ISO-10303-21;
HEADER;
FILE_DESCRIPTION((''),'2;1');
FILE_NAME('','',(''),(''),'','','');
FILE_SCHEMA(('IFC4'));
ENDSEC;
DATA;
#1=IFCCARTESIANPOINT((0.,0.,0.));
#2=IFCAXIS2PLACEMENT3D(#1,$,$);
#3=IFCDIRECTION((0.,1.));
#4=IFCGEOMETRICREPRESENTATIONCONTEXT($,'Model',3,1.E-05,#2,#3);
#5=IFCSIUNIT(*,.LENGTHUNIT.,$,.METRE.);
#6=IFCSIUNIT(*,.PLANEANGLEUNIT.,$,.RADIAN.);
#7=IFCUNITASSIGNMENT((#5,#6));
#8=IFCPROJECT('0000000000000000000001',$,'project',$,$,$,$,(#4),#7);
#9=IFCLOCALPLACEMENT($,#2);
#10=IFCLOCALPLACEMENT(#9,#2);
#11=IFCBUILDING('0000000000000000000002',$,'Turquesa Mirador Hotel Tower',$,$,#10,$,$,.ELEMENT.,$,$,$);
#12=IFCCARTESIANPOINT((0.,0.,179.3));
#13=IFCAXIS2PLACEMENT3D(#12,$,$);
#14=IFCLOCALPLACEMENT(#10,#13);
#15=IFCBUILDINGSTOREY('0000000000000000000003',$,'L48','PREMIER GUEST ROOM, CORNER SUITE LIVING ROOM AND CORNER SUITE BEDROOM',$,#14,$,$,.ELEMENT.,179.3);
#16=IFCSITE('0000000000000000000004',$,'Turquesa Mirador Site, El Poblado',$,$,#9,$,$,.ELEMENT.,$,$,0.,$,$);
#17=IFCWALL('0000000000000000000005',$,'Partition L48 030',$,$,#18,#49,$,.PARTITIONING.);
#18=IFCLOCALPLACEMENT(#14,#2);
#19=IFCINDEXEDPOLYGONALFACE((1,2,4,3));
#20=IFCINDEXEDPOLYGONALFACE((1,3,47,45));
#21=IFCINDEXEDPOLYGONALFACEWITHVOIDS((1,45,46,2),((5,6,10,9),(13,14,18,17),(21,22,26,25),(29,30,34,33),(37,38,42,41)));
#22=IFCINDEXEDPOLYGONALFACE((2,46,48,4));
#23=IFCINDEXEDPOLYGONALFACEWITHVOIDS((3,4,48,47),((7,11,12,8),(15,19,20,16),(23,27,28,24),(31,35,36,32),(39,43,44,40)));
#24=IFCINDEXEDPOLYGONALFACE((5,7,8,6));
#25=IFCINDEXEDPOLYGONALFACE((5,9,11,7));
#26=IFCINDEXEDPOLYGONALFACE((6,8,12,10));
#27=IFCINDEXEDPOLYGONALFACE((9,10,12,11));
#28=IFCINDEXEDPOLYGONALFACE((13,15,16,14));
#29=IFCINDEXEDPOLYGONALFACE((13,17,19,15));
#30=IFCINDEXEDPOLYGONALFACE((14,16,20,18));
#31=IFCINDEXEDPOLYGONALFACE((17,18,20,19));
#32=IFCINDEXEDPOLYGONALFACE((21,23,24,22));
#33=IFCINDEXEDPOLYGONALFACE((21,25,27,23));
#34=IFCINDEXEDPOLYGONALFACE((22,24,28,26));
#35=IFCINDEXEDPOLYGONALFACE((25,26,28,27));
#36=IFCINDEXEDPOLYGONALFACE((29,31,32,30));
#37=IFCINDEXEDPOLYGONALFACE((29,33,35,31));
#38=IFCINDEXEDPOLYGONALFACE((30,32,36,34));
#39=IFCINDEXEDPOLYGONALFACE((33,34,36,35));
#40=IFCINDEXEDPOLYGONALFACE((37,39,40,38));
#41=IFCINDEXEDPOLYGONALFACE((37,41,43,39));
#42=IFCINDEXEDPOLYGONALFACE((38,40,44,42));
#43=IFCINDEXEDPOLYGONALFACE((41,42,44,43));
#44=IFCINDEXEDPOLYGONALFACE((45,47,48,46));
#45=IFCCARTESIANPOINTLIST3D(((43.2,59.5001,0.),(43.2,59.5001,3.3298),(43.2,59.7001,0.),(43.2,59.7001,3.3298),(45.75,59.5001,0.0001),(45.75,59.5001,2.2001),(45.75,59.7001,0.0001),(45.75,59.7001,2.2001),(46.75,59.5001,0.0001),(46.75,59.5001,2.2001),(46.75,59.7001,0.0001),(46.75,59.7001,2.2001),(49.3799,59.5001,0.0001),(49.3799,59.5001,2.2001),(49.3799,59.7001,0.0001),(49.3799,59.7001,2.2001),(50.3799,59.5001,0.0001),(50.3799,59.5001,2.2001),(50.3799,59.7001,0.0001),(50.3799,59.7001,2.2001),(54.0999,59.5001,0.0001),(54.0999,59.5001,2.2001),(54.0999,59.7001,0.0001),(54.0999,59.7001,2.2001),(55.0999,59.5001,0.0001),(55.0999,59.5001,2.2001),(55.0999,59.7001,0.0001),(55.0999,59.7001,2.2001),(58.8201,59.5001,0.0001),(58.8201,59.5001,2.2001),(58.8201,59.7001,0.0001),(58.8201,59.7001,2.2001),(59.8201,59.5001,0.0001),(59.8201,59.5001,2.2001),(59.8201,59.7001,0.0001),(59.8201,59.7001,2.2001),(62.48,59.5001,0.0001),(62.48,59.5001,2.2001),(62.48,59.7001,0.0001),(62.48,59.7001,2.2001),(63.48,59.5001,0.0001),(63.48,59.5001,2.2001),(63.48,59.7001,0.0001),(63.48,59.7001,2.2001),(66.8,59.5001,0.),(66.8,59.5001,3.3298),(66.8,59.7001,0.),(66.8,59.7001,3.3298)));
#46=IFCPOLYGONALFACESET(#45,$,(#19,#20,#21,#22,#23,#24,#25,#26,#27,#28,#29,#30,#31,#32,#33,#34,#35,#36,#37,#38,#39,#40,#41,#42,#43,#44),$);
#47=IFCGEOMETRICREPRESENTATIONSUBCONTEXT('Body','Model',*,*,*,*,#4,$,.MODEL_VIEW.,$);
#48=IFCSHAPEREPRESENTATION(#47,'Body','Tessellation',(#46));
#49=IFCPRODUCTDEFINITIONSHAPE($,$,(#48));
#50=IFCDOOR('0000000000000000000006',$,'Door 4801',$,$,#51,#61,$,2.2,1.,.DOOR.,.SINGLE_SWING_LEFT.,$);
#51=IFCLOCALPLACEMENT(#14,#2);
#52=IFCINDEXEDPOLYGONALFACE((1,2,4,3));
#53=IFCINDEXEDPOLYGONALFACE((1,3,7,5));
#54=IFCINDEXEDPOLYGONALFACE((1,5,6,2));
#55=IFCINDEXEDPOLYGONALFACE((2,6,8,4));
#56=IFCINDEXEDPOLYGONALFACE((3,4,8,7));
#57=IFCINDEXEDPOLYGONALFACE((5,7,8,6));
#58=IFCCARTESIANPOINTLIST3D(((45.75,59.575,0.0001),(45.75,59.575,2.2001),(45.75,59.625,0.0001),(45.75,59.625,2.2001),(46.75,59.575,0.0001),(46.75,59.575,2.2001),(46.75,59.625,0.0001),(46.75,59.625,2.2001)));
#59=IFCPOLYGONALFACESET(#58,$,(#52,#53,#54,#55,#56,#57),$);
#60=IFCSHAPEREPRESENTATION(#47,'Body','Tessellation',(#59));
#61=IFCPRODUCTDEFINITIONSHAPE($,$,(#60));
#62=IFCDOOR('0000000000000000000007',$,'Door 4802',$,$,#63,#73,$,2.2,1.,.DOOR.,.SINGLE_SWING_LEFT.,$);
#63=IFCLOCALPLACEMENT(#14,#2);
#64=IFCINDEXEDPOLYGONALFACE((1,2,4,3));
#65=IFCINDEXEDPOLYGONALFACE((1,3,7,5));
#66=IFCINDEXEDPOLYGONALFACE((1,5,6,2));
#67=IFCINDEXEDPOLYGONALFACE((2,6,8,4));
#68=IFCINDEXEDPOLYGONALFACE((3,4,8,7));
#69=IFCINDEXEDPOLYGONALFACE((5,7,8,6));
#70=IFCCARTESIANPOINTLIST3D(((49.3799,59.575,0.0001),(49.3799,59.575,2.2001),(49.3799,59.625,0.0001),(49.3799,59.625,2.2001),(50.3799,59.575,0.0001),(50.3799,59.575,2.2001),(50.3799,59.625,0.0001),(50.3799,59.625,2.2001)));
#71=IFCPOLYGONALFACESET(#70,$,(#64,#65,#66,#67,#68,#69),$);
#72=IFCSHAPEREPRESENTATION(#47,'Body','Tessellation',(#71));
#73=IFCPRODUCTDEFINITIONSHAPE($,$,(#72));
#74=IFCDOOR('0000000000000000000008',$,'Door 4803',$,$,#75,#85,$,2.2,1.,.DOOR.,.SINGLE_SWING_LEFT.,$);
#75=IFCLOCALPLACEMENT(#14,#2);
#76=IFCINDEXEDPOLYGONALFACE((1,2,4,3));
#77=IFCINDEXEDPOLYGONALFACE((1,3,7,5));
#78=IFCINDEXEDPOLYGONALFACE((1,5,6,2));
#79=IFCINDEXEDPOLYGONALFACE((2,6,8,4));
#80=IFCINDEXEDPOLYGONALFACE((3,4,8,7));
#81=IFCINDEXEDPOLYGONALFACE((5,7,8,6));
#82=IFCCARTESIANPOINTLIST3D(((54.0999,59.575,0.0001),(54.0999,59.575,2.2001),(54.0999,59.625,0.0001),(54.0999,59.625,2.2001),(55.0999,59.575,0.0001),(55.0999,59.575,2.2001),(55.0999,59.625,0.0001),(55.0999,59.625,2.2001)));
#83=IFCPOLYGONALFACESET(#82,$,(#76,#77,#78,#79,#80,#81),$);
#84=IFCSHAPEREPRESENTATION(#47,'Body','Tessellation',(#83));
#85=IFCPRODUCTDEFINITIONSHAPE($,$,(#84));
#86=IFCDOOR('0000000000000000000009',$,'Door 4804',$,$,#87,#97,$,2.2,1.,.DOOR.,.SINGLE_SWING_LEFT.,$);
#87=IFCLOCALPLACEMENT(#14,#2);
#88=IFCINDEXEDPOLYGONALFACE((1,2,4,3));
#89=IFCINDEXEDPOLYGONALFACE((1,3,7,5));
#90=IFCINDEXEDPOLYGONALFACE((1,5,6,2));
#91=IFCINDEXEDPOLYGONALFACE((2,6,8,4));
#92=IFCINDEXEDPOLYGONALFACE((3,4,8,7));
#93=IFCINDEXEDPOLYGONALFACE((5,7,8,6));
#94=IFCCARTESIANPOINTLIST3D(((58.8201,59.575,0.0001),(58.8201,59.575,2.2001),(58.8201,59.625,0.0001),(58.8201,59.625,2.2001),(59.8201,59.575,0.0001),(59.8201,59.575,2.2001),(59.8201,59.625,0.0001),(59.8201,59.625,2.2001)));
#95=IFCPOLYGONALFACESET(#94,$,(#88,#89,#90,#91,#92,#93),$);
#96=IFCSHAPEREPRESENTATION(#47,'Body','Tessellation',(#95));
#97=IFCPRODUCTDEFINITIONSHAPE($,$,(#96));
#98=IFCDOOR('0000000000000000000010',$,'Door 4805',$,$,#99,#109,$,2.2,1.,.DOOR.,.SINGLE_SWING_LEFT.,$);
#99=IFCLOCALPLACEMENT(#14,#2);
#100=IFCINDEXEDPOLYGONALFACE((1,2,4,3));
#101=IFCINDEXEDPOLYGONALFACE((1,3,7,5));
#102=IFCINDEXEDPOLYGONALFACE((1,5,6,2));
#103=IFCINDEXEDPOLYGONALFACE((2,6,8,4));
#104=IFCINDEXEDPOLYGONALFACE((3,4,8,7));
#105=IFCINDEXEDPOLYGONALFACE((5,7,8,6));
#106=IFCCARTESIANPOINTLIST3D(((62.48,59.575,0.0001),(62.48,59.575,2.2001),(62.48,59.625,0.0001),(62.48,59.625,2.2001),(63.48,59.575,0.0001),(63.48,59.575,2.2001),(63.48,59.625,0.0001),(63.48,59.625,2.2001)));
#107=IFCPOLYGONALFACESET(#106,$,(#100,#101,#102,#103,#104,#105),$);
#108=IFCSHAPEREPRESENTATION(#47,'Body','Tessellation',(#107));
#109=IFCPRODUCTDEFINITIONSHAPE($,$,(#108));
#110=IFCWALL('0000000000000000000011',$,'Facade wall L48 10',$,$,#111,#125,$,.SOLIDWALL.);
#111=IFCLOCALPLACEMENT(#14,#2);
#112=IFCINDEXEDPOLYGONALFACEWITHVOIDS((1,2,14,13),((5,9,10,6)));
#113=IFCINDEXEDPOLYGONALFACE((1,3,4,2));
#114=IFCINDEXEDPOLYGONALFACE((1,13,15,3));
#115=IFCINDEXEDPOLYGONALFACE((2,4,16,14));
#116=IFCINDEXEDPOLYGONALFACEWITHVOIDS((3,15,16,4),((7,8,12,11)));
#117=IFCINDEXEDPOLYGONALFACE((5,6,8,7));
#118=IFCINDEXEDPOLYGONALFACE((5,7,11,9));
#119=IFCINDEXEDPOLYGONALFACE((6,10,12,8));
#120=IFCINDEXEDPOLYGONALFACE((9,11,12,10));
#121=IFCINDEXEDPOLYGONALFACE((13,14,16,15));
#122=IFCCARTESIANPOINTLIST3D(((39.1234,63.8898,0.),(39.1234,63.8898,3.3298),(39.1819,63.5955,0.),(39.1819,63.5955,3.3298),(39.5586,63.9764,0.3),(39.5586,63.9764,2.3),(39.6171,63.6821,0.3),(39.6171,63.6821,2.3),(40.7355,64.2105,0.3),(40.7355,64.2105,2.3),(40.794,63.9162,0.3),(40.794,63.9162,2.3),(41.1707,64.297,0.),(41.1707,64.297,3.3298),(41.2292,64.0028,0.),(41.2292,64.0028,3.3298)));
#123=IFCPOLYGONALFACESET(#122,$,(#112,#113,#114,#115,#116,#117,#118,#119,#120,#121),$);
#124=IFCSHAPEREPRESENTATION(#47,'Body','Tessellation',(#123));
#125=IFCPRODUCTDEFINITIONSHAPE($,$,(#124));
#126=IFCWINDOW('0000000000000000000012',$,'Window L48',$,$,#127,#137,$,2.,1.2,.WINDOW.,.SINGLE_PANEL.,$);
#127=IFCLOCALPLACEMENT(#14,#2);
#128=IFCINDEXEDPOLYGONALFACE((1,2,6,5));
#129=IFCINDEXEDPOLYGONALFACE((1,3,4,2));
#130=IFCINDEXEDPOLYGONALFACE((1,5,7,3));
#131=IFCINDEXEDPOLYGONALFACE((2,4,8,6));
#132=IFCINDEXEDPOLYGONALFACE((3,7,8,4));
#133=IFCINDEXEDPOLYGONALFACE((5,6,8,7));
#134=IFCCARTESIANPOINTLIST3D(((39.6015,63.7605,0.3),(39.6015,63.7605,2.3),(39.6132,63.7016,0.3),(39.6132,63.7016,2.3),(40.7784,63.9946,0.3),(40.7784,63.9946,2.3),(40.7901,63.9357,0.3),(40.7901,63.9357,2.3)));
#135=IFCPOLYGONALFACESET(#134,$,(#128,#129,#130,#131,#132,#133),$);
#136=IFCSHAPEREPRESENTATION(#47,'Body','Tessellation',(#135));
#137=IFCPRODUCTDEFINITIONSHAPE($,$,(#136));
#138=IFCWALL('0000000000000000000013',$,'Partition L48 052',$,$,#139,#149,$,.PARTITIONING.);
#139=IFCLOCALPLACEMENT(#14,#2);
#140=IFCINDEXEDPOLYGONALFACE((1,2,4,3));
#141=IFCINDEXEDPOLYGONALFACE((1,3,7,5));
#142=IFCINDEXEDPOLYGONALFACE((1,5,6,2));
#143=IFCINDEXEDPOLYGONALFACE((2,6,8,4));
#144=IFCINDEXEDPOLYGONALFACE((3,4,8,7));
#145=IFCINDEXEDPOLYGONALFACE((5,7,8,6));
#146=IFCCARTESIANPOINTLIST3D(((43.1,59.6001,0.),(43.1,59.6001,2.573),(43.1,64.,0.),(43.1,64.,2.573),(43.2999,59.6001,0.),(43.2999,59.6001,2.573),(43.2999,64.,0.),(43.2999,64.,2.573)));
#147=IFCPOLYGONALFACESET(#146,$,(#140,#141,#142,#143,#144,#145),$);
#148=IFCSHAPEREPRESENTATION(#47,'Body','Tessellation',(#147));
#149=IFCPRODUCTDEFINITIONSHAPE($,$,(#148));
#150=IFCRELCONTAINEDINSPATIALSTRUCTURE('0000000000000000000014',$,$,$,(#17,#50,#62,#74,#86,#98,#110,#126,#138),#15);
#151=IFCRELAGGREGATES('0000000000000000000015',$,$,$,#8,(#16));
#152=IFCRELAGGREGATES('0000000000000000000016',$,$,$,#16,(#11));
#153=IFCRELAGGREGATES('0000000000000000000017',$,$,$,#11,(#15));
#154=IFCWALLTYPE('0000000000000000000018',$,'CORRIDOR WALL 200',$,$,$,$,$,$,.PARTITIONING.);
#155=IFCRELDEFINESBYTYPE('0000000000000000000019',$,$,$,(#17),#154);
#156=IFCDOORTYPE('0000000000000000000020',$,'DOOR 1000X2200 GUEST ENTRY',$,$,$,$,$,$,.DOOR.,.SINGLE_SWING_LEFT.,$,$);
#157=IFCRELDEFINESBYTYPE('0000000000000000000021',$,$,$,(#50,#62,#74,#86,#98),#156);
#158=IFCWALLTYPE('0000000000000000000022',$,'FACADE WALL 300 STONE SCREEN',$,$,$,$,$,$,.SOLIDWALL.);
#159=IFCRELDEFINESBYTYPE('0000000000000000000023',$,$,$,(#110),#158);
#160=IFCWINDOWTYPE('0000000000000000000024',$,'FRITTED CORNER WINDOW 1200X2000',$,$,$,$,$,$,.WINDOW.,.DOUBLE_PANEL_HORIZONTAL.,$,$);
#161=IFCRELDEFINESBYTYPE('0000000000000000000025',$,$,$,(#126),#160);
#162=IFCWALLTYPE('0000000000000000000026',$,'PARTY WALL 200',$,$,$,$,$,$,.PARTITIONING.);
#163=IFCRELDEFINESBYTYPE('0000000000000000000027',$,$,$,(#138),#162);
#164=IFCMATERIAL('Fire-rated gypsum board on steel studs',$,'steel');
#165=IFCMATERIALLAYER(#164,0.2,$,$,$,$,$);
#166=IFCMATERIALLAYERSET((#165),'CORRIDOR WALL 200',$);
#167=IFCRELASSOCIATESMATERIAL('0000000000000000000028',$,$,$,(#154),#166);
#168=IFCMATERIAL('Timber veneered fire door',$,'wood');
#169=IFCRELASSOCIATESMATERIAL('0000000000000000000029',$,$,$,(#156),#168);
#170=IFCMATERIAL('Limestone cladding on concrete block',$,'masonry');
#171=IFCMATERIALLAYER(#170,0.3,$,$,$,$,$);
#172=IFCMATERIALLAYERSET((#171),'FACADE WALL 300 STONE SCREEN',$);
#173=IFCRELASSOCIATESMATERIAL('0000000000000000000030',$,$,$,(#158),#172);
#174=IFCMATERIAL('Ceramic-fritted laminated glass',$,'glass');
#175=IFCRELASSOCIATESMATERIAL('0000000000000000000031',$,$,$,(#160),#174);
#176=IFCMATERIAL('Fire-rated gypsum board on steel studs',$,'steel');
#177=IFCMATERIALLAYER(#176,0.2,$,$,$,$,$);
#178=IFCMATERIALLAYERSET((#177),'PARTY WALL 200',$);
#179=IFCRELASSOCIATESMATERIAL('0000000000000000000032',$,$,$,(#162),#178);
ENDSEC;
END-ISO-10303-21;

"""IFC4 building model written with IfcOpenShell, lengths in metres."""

from ifc_helpers import new_model, si_unit, direction, frame, frame_2d, origin, place, context, subcontext, project, spatial, rectangle, extrude, material, layer, layer_set, type_object, element, fill, save


model = new_model("IFC4")

# Units and contexts
model_context = context("Model", 3, precision=1e-05, world=origin(), true_north=direction((0.0, 1.0)))
body_context = subcontext(model_context, "Body", "Model", "MODEL_VIEW")
ifc_project = project(units=[si_unit("LENGTHUNIT", "METRE"), si_unit("PLANEANGLEUNIT", "RADIAN")], contexts=[model_context])

# Site, building, storey
site_placement = place(None, origin())
site = spatial("IfcSite", under=ifc_project, at=site_placement, Name="Turquesa Mirador Site, El Poblado", CompositionType="ELEMENT", RefElevation=0.0)
building_placement = place(site_placement, origin())
building = spatial("IfcBuilding", under=site, at=building_placement, Name="Turquesa Mirador Hotel Tower", CompositionType="ELEMENT")
storey_placement = place(building_placement, frame((0.0, 0.0, 179.3)))
storey = spatial("IfcBuildingStorey", under=building, at=storey_placement, Name="L48", Description="PREMIER GUEST ROOM, CORNER SUITE LIVING ROOM AND CORNER SUITE BEDROOM", CompositionType="ELEMENT", Elevation=179.3)

# Wall, openings, doors
ifc_material_1 = material(Name="Fire-rated gypsum board on steel studs", Category="steel")
ifc_layer_1 = layer(ifc_material_1, 0.2)
ifc_layer_set_1 = layer_set([ifc_layer_1], Name="CORRIDOR WALL 200")
wall_type_1 = type_object("IfcWallType", Name="CORRIDOR WALL 200", PredefinedType="PARTITIONING", material=ifc_layer_set_1)
wall_1_placement = place(storey_placement, frame((43.2, 59.6001, 0.0), z_axis=(0.0, 0.0, 1.0), x_axis=(1.0, 0.0, 0.0)))
wall_1 = element("IfcWall", 1, at=wall_1_placement, inside=storey, type_object=wall_type_1, Name="Partition L48 030", PredefinedType="PARTITIONING", context=body_context, shape_type="SweptSolid", body=[
    extrude(rectangle(XDim=23.6001, YDim=0.2, at=frame_2d((11.8, 0.0))), origin(), (0.0, 0.0, 1.0), 3.3298),
])
opening_1_placement = place(wall_1_placement, frame((2.55, 0.0, 0.0)))
opening_1 = element("IfcOpeningElement", 2, at=opening_1_placement, cuts=wall_1, PredefinedType="OPENING", context=body_context, shape_type="SweptSolid", body=[
    extrude(rectangle(XDim=1.0, YDim=2.2, at=frame_2d((0.5, 1.1001))), frame((0.0, 0.1099, 0.0), z_axis=(0.0, -1.0, 0.0), x_axis=(1.0, 0.0, 0.0)), (0.0, 0.0, 1.0), 0.22),
])
opening_2_placement = place(wall_1_placement, frame((6.1799, 0.0, 0.0)))
opening_2 = element("IfcOpeningElement", 3, at=opening_2_placement, cuts=wall_1, PredefinedType="OPENING", context=body_context, shape_type="SweptSolid", body=[
    extrude(rectangle(XDim=1.0, YDim=2.2, at=frame_2d((0.5, 1.1001))), frame((0.0, 0.1099, 0.0), z_axis=(0.0, -1.0, 0.0), x_axis=(1.0, 0.0, 0.0)), (0.0, 0.0, 1.0), 0.22),
])
opening_3_placement = place(wall_1_placement, frame((10.8999, 0.0, 0.0)))
opening_3 = element("IfcOpeningElement", 4, at=opening_3_placement, cuts=wall_1, PredefinedType="OPENING", context=body_context, shape_type="SweptSolid", body=[
    extrude(rectangle(XDim=1.0, YDim=2.2, at=frame_2d((0.5, 1.1001))), frame((0.0, 0.1099, 0.0), z_axis=(0.0, -1.0, 0.0), x_axis=(1.0, 0.0, 0.0)), (0.0, 0.0, 1.0), 0.22),
])
opening_4_placement = place(wall_1_placement, frame((15.6201, 0.0, 0.0)))
opening_4 = element("IfcOpeningElement", 5, at=opening_4_placement, cuts=wall_1, PredefinedType="OPENING", context=body_context, shape_type="SweptSolid", body=[
    extrude(rectangle(XDim=1.0, YDim=2.2, at=frame_2d((0.5, 1.1001))), frame((0.0, 0.1099, 0.0), z_axis=(0.0, -1.0, 0.0), x_axis=(1.0, 0.0, 0.0)), (0.0, 0.0, 1.0), 0.22),
])
opening_5_placement = place(wall_1_placement, frame((19.28, 0.0, 0.0)))
opening_5 = element("IfcOpeningElement", 6, at=opening_5_placement, cuts=wall_1, PredefinedType="OPENING", context=body_context, shape_type="SweptSolid", body=[
    extrude(rectangle(XDim=1.0, YDim=2.2, at=frame_2d((0.5, 1.1001))), frame((0.0, 0.1099, 0.0), z_axis=(0.0, -1.0, 0.0), x_axis=(1.0, 0.0, 0.0)), (0.0, 0.0, 1.0), 0.22),
])
ifc_material_2 = material(Name="Timber veneered fire door", Category="wood")
door_type_1 = type_object("IfcDoorType", Name="DOOR 1000X2200 GUEST ENTRY", OperationType="SINGLE_SWING_LEFT", PredefinedType="DOOR", material=ifc_material_2)
door_1_placement = place(opening_1_placement, origin())
door_1 = element("IfcDoor", 7, at=door_1_placement, inside=storey, type_object=door_type_1, Name="Door 4801", OperationType="SINGLE_SWING_LEFT", OverallHeight=2.2, OverallWidth=1.0, PredefinedType="DOOR", context=body_context, shape_type="SweptSolid", body=[
    extrude(rectangle(XDim=1.0, YDim=2.2, at=frame_2d((0.5, 1.1001))), frame((0.0, 0.0249, 0.0), z_axis=(0.0, -1.0, 0.0), x_axis=(1.0, 0.0, 0.0)), (0.0, 0.0, 1.0), 0.05),
])
fill(opening_1, door_1)
door_2_placement = place(opening_2_placement, origin())
door_2 = element("IfcDoor", 8, at=door_2_placement, inside=storey, type_object=door_type_1, Name="Door 4802", OperationType="SINGLE_SWING_LEFT", OverallHeight=2.2, OverallWidth=1.0, PredefinedType="DOOR", context=body_context, shape_type="SweptSolid", body=[
    extrude(rectangle(XDim=1.0, YDim=2.2, at=frame_2d((0.5, 1.1001))), frame((0.0, 0.0249, 0.0), z_axis=(0.0, -1.0, 0.0), x_axis=(1.0, 0.0, 0.0)), (0.0, 0.0, 1.0), 0.05),
])
fill(opening_2, door_2)
door_3_placement = place(opening_3_placement, origin())
door_3 = element("IfcDoor", 9, at=door_3_placement, inside=storey, type_object=door_type_1, Name="Door 4803", OperationType="SINGLE_SWING_LEFT", OverallHeight=2.2, OverallWidth=1.0, PredefinedType="DOOR", context=body_context, shape_type="SweptSolid", body=[
    extrude(rectangle(XDim=1.0, YDim=2.2, at=frame_2d((0.5, 1.1001))), frame((0.0, 0.0249, 0.0), z_axis=(0.0, -1.0, 0.0), x_axis=(1.0, 0.0, 0.0)), (0.0, 0.0, 1.0), 0.05),
])
fill(opening_3, door_3)
door_4_placement = place(opening_4_placement, origin())
door_4 = element("IfcDoor", 10, at=door_4_placement, inside=storey, type_object=door_type_1, Name="Door 4804", OperationType="SINGLE_SWING_LEFT", OverallHeight=2.2, OverallWidth=1.0, PredefinedType="DOOR", context=body_context, shape_type="SweptSolid", body=[
    extrude(rectangle(XDim=1.0, YDim=2.2, at=frame_2d((0.5, 1.1001))), frame((0.0, 0.0249, 0.0), z_axis=(0.0, -1.0, 0.0), x_axis=(1.0, 0.0, 0.0)), (0.0, 0.0, 1.0), 0.05),
])
fill(opening_4, door_4)
door_5_placement = place(opening_5_placement, origin())
door_5 = element("IfcDoor", 11, at=door_5_placement, inside=storey, type_object=door_type_1, Name="Door 4805", OperationType="SINGLE_SWING_LEFT", OverallHeight=2.2, OverallWidth=1.0, PredefinedType="DOOR", context=body_context, shape_type="SweptSolid", body=[
    extrude(rectangle(XDim=1.0, YDim=2.2, at=frame_2d((0.5, 1.1001))), frame((0.0, 0.0249, 0.0), z_axis=(0.0, -1.0, 0.0), x_axis=(1.0, 0.0, 0.0)), (0.0, 0.0, 1.0), 0.05),
])
fill(opening_5, door_5)

# Wall, opening, window
ifc_material_3 = material(Name="Limestone cladding on concrete block", Category="masonry")
ifc_layer_2 = layer(ifc_material_3, 0.3)
ifc_layer_set_2 = layer_set([ifc_layer_2], Name="FACADE WALL 300 STONE SCREEN")
wall_type_2 = type_object("IfcWallType", Name="FACADE WALL 300 STONE SCREEN", PredefinedType="SOLIDWALL", material=ifc_layer_set_2)
wall_2_placement = place(storey_placement, frame((41.2, 64.1499, 0.0), z_axis=(0.0, 0.0, 1.0), x_axis=(-0.980787, -0.195081, 0.0)))
wall_2 = element("IfcWall", 12, at=wall_2_placement, inside=storey, type_object=wall_type_2, Name="Facade wall L48 10", PredefinedType="SOLIDWALL", context=body_context, shape_type="SweptSolid", body=[
    extrude(rectangle(XDim=2.0874, YDim=0.3, at=frame_2d((1.0437, 0.0))), origin(), (0.0, 0.0, 1.0), 3.3298),
])
opening_6_placement = place(wall_2_placement, frame((0.4436, 0.0, 0.3)))
opening_6 = element("IfcOpeningElement", 13, at=opening_6_placement, cuts=wall_2, PredefinedType="OPENING", context=body_context, shape_type="SweptSolid", body=[
    extrude(rectangle(XDim=1.2, YDim=2.0, at=frame_2d((0.6001, 1.0))), frame((0.0, 0.1599, 0.0), z_axis=(0.0, -1.0, 0.0), x_axis=(1.0, 0.0, 0.0)), (0.0, 0.0, 1.0), 0.3201),
])
ifc_material_4 = material(Name="Ceramic-fritted laminated glass", Category="glass")
window_type = type_object("IfcWindowType", Name="FRITTED CORNER WINDOW 1200X2000", PartitioningType="DOUBLE_PANEL_HORIZONTAL", PredefinedType="WINDOW", material=ifc_material_4)
window_placement = place(opening_6_placement, origin())
window = element("IfcWindow", 14, at=window_placement, inside=storey, type_object=window_type, Name="Window L48", OverallHeight=2.0, OverallWidth=1.2, PartitioningType="SINGLE_PANEL", PredefinedType="WINDOW", context=body_context, shape_type="SweptSolid", body=[
    extrude(rectangle(XDim=1.2, YDim=2.0, at=frame_2d((0.6001, 1.0))), frame((0.0, 0.1301, 0.0), z_axis=(0.0, -1.0, 0.0), x_axis=(1.0, 0.0, 0.0)), (0.0, 0.0, 1.0), 0.0601),
])
fill(opening_6, window)

# Wall
ifc_material_5 = material(Name="Fire-rated gypsum board on steel studs", Category="steel")
ifc_layer_3 = layer(ifc_material_5, 0.2)
ifc_layer_set_3 = layer_set([ifc_layer_3], Name="PARTY WALL 200")
wall_type_3 = type_object("IfcWallType", Name="PARTY WALL 200", PredefinedType="PARTITIONING", material=ifc_layer_set_3)
wall_3_placement = place(storey_placement, frame((43.2, 59.6001, 0.0), z_axis=(0.0, 0.0, 1.0), x_axis=(0.0, 1.0, 0.0)))
element("IfcWall", 15, at=wall_3_placement, inside=storey, type_object=wall_type_3, Name="Partition L48 052", PredefinedType="PARTITIONING", context=body_context, shape_type="SweptSolid", body=[
    extrude(rectangle(XDim=4.3999, YDim=0.2, at=frame_2d((2.2, 0.0))), origin(), (0.0, 0.0, 1.0), 2.573),
])

save(model, "model.ifc")
